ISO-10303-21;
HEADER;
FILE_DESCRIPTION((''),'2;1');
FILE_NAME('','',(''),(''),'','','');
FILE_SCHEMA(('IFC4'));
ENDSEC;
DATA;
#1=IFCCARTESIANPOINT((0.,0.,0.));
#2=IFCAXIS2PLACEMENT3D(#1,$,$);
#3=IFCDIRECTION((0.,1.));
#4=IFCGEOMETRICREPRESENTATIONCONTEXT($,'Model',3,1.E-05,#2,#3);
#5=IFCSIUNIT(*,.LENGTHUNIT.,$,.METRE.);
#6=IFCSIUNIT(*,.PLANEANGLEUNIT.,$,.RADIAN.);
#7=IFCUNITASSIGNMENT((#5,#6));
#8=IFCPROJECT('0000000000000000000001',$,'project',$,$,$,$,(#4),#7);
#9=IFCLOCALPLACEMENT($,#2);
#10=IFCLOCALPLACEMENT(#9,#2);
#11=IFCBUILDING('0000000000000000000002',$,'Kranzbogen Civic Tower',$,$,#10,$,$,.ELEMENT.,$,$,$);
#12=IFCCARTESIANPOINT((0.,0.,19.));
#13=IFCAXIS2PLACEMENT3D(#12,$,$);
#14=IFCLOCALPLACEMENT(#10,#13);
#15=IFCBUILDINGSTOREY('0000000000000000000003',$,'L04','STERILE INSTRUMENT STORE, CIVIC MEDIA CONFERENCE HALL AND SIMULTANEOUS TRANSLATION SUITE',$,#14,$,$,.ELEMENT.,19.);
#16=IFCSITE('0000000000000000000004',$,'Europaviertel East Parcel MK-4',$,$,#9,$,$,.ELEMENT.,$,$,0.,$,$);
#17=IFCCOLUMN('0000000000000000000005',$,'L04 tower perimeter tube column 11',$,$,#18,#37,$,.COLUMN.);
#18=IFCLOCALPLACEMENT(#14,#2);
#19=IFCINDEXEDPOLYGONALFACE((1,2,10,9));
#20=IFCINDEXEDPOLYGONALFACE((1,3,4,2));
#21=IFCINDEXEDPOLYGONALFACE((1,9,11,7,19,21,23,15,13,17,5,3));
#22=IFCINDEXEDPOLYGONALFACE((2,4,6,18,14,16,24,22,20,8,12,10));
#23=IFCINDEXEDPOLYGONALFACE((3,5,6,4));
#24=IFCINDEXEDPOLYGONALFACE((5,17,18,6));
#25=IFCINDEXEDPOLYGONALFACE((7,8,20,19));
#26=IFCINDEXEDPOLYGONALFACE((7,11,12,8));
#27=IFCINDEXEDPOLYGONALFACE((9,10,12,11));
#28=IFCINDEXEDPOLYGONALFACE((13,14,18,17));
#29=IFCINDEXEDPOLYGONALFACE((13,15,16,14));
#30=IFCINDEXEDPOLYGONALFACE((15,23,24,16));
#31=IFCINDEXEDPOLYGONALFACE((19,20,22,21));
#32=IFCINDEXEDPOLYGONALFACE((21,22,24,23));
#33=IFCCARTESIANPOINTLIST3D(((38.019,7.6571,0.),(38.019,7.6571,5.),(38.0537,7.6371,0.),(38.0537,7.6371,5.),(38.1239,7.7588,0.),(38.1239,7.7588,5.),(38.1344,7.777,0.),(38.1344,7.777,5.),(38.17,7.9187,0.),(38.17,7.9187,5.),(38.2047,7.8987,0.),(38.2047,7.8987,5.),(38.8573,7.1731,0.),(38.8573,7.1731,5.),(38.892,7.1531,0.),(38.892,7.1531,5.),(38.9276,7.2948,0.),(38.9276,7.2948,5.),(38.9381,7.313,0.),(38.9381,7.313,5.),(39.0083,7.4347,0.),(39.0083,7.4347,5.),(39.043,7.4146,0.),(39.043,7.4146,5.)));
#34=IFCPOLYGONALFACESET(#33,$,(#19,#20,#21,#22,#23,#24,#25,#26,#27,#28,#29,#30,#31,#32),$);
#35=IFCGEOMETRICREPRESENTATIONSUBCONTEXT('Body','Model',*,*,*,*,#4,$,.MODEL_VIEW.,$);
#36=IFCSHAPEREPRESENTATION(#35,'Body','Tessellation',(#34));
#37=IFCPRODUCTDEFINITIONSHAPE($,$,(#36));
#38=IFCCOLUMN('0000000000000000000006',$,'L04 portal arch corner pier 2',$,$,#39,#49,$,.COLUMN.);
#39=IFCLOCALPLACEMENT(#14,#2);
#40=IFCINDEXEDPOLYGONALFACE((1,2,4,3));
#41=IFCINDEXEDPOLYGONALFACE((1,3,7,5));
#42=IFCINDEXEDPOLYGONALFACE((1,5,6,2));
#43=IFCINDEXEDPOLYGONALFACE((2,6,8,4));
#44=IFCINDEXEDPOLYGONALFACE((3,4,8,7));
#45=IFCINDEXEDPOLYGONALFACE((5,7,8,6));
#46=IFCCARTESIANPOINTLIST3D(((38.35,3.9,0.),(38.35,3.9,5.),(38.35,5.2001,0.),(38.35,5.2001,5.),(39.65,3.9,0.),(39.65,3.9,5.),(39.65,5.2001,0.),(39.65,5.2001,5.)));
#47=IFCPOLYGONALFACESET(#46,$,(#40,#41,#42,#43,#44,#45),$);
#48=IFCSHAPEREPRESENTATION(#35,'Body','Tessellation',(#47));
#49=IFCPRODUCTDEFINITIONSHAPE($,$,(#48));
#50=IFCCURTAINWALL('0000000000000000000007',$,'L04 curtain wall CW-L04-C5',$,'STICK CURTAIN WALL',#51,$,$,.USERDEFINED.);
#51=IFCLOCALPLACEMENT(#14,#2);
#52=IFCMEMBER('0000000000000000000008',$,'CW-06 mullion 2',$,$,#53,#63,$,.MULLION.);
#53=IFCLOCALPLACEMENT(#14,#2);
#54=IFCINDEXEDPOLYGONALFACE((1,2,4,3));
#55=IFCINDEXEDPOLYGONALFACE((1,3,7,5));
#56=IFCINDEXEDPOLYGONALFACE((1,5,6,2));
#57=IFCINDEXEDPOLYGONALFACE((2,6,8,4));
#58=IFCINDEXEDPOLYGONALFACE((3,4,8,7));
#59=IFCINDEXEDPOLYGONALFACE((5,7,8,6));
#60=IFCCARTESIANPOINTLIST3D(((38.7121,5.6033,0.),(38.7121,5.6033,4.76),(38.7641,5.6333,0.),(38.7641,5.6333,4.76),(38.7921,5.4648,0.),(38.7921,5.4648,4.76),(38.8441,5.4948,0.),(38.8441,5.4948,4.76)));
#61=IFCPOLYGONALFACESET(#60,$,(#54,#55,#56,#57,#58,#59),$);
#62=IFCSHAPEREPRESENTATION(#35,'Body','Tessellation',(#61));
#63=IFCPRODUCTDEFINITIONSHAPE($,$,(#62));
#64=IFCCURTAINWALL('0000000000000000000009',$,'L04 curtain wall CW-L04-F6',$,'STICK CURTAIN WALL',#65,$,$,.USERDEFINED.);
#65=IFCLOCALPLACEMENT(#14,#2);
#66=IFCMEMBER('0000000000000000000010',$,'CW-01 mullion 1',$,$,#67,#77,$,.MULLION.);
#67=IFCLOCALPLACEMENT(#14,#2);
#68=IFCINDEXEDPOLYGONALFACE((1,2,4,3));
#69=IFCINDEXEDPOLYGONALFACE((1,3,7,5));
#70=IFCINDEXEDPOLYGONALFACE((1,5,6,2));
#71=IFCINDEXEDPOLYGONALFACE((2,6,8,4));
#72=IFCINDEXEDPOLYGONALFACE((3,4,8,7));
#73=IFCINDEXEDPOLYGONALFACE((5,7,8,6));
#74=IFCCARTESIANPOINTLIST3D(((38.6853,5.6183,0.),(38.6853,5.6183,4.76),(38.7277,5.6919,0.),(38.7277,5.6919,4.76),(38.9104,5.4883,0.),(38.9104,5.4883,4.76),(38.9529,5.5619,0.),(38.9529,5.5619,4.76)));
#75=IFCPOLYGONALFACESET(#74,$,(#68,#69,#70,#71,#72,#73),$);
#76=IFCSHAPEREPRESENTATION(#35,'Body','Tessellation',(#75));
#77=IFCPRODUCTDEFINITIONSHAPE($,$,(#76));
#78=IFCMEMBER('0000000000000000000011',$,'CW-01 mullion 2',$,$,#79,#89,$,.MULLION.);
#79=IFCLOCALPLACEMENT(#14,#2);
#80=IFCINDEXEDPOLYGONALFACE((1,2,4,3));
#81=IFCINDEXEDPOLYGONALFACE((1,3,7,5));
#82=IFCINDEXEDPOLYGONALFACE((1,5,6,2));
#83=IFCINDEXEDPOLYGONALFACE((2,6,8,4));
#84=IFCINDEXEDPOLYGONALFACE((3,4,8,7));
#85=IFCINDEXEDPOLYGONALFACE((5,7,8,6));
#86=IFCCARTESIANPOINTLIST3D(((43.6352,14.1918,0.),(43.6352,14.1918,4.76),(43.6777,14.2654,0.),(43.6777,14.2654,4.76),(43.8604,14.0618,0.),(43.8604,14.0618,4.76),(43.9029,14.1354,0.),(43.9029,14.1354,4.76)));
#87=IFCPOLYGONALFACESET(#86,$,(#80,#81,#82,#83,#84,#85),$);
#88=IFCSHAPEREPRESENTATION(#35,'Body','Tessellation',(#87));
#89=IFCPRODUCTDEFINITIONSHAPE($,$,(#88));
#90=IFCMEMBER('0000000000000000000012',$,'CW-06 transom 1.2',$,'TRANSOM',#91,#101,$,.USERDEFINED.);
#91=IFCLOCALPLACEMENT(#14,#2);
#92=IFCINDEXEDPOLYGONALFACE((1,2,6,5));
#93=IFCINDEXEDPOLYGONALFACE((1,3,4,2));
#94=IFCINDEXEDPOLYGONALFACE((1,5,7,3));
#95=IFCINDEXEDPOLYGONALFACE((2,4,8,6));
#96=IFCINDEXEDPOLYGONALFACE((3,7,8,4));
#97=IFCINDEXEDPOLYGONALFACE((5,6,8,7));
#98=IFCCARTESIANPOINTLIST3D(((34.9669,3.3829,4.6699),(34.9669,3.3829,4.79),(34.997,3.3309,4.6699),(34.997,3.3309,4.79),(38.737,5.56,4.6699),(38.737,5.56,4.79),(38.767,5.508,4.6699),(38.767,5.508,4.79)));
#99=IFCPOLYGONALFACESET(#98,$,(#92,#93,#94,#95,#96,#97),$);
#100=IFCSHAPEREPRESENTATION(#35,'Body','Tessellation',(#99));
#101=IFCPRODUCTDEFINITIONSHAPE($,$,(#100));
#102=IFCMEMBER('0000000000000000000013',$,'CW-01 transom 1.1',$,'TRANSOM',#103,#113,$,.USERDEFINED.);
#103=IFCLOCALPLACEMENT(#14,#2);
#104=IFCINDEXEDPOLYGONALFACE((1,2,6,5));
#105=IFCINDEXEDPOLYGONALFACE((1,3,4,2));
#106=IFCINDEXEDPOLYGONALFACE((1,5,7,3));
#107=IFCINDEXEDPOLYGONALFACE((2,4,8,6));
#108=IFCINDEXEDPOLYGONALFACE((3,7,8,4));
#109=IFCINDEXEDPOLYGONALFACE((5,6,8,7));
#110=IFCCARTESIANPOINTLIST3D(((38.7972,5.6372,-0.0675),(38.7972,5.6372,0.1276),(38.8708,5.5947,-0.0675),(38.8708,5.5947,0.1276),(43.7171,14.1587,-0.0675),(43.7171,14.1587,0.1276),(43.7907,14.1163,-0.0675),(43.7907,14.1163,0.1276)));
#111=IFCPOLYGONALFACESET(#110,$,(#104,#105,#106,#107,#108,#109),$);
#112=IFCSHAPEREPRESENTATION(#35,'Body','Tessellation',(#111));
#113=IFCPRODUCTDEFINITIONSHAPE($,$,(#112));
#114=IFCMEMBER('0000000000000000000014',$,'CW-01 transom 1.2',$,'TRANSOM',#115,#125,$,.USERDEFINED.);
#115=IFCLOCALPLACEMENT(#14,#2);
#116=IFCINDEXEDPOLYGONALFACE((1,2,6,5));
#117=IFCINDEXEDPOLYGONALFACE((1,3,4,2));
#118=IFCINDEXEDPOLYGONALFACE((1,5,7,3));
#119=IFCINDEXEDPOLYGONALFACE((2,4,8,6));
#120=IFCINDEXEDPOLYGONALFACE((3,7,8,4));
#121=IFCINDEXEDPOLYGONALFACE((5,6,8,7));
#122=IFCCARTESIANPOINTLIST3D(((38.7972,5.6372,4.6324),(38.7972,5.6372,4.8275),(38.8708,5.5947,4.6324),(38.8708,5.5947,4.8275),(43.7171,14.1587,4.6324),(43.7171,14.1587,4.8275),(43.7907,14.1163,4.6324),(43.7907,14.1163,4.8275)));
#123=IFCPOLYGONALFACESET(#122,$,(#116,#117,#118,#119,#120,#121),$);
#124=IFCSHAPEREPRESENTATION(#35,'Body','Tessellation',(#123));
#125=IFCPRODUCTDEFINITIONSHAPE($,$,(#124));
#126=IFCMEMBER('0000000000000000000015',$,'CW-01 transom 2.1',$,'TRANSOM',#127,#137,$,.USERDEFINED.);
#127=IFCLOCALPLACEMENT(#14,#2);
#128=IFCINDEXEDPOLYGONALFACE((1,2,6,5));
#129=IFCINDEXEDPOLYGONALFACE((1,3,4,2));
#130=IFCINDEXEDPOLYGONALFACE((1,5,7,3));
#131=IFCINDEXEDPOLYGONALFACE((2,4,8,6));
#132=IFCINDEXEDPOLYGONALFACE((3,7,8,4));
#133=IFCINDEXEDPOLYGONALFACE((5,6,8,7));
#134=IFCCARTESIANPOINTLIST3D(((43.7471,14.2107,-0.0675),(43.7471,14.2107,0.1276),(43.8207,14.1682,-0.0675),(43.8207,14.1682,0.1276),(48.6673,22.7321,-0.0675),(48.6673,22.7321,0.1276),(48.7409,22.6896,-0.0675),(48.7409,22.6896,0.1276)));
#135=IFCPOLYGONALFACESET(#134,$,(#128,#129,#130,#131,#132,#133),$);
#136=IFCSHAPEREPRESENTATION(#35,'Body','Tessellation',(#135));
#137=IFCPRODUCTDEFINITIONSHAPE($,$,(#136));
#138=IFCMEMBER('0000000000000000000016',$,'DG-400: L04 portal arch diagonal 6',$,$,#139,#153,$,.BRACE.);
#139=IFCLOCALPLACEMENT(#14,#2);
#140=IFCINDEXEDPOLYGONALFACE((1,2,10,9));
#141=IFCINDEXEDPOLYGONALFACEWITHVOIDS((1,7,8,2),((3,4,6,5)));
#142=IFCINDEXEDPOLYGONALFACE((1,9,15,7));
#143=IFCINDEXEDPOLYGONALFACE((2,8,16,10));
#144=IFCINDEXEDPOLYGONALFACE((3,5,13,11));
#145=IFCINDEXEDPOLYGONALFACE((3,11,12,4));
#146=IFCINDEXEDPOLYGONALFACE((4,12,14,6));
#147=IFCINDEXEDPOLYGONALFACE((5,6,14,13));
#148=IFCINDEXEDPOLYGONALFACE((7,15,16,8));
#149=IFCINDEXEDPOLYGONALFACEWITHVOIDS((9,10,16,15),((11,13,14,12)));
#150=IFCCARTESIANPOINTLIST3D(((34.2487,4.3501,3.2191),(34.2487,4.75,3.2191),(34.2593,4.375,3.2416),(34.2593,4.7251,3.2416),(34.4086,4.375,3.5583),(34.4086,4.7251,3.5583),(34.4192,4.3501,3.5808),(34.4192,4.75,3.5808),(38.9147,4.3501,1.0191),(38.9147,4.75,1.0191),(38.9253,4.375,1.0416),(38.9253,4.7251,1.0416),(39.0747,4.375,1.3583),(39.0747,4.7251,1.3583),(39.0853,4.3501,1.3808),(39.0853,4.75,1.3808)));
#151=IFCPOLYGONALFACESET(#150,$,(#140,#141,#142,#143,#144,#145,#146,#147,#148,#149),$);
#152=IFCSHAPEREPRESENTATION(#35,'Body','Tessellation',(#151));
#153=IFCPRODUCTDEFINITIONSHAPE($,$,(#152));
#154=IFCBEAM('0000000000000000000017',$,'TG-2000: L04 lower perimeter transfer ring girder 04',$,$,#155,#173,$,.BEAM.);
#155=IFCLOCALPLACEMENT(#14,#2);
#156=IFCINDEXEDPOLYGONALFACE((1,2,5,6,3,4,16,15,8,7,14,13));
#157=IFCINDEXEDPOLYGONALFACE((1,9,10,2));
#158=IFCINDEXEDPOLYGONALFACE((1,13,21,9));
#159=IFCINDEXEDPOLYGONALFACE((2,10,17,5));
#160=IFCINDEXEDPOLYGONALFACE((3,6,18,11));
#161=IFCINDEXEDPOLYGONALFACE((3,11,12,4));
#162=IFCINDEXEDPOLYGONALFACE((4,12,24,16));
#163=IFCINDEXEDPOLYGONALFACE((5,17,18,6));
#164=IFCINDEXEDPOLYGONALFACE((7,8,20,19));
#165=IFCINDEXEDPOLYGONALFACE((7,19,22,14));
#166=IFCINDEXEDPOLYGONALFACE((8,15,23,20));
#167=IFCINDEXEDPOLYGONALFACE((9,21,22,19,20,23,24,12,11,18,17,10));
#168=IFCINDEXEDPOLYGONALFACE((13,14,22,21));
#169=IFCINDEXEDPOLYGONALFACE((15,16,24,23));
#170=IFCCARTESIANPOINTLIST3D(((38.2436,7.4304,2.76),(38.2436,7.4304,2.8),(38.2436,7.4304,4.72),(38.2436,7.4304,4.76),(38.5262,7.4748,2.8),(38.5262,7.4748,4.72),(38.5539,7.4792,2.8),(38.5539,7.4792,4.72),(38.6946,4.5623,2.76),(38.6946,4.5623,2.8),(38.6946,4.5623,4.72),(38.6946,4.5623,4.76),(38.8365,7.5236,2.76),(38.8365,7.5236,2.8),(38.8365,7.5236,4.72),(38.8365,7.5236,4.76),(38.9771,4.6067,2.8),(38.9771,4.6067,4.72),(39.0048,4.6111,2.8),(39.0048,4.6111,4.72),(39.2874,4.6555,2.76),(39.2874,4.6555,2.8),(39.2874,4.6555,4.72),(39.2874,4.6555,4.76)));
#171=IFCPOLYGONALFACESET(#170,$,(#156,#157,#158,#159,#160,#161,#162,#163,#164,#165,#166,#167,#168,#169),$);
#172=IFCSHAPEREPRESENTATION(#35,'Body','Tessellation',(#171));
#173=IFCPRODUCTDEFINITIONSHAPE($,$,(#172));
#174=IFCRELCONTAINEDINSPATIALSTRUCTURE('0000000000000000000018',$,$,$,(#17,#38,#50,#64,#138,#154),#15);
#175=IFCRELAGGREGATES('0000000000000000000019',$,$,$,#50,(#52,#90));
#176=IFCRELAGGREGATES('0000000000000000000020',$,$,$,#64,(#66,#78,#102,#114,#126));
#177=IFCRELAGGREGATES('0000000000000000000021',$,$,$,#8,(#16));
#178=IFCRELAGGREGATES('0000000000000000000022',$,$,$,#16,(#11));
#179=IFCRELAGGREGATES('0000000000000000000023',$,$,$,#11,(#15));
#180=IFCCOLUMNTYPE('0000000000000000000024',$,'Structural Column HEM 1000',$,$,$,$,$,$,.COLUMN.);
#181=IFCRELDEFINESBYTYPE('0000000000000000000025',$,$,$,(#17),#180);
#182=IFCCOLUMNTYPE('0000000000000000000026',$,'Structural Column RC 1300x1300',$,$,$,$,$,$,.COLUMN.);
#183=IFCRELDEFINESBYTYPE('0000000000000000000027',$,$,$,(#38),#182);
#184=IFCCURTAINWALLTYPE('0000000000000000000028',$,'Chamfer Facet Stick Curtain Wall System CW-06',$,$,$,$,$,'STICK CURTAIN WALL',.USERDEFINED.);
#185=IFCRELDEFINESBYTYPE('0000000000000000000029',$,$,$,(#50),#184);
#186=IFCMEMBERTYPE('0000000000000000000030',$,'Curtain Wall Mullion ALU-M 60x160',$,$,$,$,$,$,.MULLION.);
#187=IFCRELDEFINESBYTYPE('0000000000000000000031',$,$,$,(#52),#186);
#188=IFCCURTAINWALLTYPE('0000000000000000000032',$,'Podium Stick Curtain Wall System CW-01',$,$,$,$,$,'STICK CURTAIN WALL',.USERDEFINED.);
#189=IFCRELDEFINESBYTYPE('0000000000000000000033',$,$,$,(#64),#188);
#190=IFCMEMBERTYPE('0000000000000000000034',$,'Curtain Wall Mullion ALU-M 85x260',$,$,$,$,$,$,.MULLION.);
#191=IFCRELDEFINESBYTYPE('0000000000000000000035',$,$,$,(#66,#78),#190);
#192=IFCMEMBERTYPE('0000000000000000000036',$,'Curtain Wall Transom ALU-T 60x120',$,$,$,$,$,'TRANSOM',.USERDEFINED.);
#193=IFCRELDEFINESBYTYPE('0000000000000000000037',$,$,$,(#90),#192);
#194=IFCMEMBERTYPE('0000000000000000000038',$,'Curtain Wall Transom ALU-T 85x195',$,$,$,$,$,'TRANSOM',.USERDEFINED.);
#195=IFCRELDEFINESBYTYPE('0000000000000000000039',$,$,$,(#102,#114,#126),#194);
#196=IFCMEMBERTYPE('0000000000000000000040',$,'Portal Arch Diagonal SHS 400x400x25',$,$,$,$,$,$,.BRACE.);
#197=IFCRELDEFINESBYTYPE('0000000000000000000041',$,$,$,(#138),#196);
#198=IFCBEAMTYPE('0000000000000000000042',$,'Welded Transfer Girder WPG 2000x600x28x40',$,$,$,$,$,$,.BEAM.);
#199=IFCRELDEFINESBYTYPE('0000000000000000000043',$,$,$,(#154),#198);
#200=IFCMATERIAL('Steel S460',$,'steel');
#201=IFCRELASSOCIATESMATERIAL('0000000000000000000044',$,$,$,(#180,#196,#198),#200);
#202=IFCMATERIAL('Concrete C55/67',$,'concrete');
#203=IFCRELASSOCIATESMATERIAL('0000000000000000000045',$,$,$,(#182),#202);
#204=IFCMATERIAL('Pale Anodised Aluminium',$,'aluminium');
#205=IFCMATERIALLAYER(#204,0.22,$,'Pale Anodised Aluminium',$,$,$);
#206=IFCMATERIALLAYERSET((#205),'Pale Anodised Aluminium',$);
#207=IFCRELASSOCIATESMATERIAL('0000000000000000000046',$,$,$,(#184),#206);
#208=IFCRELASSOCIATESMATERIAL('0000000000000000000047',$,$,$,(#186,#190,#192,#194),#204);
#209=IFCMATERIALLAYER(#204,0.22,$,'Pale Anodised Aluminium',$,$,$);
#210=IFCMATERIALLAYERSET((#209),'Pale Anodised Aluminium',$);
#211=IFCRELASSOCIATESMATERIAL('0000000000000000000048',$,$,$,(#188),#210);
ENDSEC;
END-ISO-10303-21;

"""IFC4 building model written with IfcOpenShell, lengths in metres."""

from ifc_helpers import new_model, si_unit, direction, frame, origin, origin_2d, place, context, subcontext, project, spatial, rectangle, hollow_rectangle, i_section, extrude, material, layer, layer_set, material_profile, profile_set, type_object, element, aggregate, save


model = new_model("IFC4")

# Units and contexts
model_context = context("Model", 3, precision=1e-05, world=origin(), true_north=direction((0.0, 1.0)))
body_context = subcontext(model_context, "Body", "Model", "MODEL_VIEW")
ifc_project = project(units=[si_unit("LENGTHUNIT", "METRE"), si_unit("PLANEANGLEUNIT", "RADIAN")], contexts=[model_context])

# Site, building, storey
site_placement = place(None, origin())
site = spatial("IfcSite", under=ifc_project, at=site_placement, Name="Europaviertel East Parcel MK-4", CompositionType="ELEMENT", RefElevation=0.0)
building_placement = place(site_placement, origin())
building = spatial("IfcBuilding", under=site, at=building_placement, Name="Kranzbogen Civic Tower", CompositionType="ELEMENT")
storey_placement = place(building_placement, frame((0.0, 0.0, 19.0)))
storey = spatial("IfcBuildingStorey", under=building, at=storey_placement, Name="L04", Description="STERILE INSTRUMENT STORE, CIVIC MEDIA CONFERENCE HALL AND SIMULTANEOUS TRANSLATION SUITE", CompositionType="ELEMENT", Elevation=19.0)

# Columns
ifc_material_1 = material(Name="Steel S460", Category="steel")
ifc_material_profile_1 = material_profile(ifc_material_1, i_section(OverallWidth=0.302, OverallDepth=1.0081, WebThickness=0.021, FlangeThickness=0.04, at=origin_2d()), Name="HEM 1000")
ifc_profile_set_1 = profile_set([ifc_material_profile_1], Name="Steel S460")
column_type_1 = type_object("IfcColumnType", Name="Structural Column HEM 1000", PredefinedType="COLUMN", material=ifc_profile_set_1)
column_1_placement = place(storey_placement, frame((38.531, 7.5359, 0.0), z_axis=(0.0, 0.0, 1.0), x_axis=(0.5, 0.866025, 0.0)))
element("IfcColumn", 1, at=column_1_placement, inside=storey, type_object=column_type_1, Name="L04 tower perimeter tube column 11", PredefinedType="COLUMN", context=body_context, shape_type="SweptSolid", body=[
    extrude(i_section(OverallWidth=0.302, OverallDepth=1.0081, WebThickness=0.021, FlangeThickness=0.04, at=origin_2d()), origin(), (0.0, 0.0, 1.0), 5.0),
])
ifc_material_2 = material(Name="Concrete C55/67", Category="concrete")
ifc_material_profile_2 = material_profile(ifc_material_2, rectangle(XDim=1.3, YDim=1.3, at=origin_2d()), Name="RC 1300x1300")
ifc_profile_set_2 = profile_set([ifc_material_profile_2], Name="Concrete C55/67")
column_type_2 = type_object("IfcColumnType", Name="Structural Column RC 1300x1300", PredefinedType="COLUMN", material=ifc_profile_set_2)
column_2_placement = place(storey_placement, frame((39.0, 4.55, 0.0), z_axis=(0.0, 0.0, 1.0), x_axis=(1.0, 0.0, 0.0)))
element("IfcColumn", 2, at=column_2_placement, inside=storey, type_object=column_type_2, Name="L04 portal arch corner pier 2", PredefinedType="COLUMN", context=body_context, shape_type="SweptSolid", body=[
    extrude(rectangle(XDim=1.3, YDim=1.3, at=origin_2d()), origin(), (0.0, 0.0, 1.0), 5.0),
])

# Curtain wall, member
ifc_material_3 = material(Name="Pale Anodised Aluminium", Category="aluminium")
ifc_layer_1 = layer(ifc_material_3, 0.22, Name="Pale Anodised Aluminium")
ifc_layer_set_1 = layer_set([ifc_layer_1], Name="Pale Anodised Aluminium")
curtain_wall_type_1 = type_object("IfcCurtainWallType", Name="Chamfer Facet Stick Curtain Wall System CW-06", ElementType="STICK CURTAIN WALL", PredefinedType="USERDEFINED", material=ifc_layer_set_1)
curtain_wall_1_placement = place(storey_placement, origin())
curtain_wall_1 = element("IfcCurtainWall", 3, at=curtain_wall_1_placement, inside=storey, type_object=curtain_wall_type_1, Name="L04 curtain wall CW-L04-C5", ObjectType="STICK CURTAIN WALL", PredefinedType="USERDEFINED")
ifc_material_profile_3 = material_profile(ifc_material_3, rectangle(XDim=0.0601, YDim=0.1599, at=origin_2d()), Name="ALU-M 60x160")
ifc_profile_set_3 = profile_set([ifc_material_profile_3], Name="Pale Anodised Aluminium")
member_type_1 = type_object("IfcMemberType", Name="Curtain Wall Mullion ALU-M 60x160", PredefinedType="MULLION", material=ifc_profile_set_3)
member_1_placement = place(storey_placement, frame((38.7781, 5.5491, 0.0), z_axis=(0.0, 0.0, 1.0), x_axis=(0.865992, 0.500058, 0.0)))
member_1 = element("IfcMember", 4, at=member_1_placement, type_object=member_type_1, Name="CW-06 mullion 2", PredefinedType="MULLION", context=body_context, shape_type="SweptSolid", body=[
    extrude(rectangle(XDim=0.0601, YDim=0.1599, at=origin_2d()), origin(), (0.0, 0.0, 1.0), 4.76),
])

# Curtain wall, members
ifc_layer_2 = layer(ifc_material_3, 0.22, Name="Pale Anodised Aluminium")
ifc_layer_set_2 = layer_set([ifc_layer_2], Name="Pale Anodised Aluminium")
curtain_wall_type_2 = type_object("IfcCurtainWallType", Name="Podium Stick Curtain Wall System CW-01", ElementType="STICK CURTAIN WALL", PredefinedType="USERDEFINED", material=ifc_layer_set_2)
curtain_wall_2_placement = place(storey_placement, origin())
curtain_wall_2 = element("IfcCurtainWall", 5, at=curtain_wall_2_placement, inside=storey, type_object=curtain_wall_type_2, Name="L04 curtain wall CW-L04-F6", ObjectType="STICK CURTAIN WALL", PredefinedType="USERDEFINED")
ifc_material_profile_4 = material_profile(ifc_material_3, rectangle(XDim=0.085, YDim=0.26, at=origin_2d()), Name="ALU-M 85x260")
ifc_profile_set_4 = profile_set([ifc_material_profile_4], Name="Pale Anodised Aluminium")
member_type_2 = type_object("IfcMemberType", Name="Curtain Wall Mullion ALU-M 85x260", PredefinedType="MULLION", material=ifc_profile_set_4)
member_2_placement = place(storey_placement, frame((38.8191, 5.5901, 0.0), z_axis=(0.0, 0.0, 1.0), x_axis=(0.500006, 0.866022, 0.0)))
member_2 = element("IfcMember", 6, at=member_2_placement, type_object=member_type_2, Name="CW-01 mullion 1", PredefinedType="MULLION", context=body_context, shape_type="SweptSolid", body=[
    extrude(rectangle(XDim=0.085, YDim=0.26, at=origin_2d()), origin(), (0.0, 0.0, 1.0), 4.76),
])
member_3_placement = place(storey_placement, frame((43.769, 14.1636, 0.0), z_axis=(0.0, 0.0, 1.0), x_axis=(0.500006, 0.866022, 0.0)))
member_3 = element("IfcMember", 7, at=member_3_placement, type_object=member_type_2, Name="CW-01 mullion 2", PredefinedType="MULLION", context=body_context, shape_type="SweptSolid", body=[
    extrude(rectangle(XDim=0.085, YDim=0.26, at=origin_2d()), origin(), (0.0, 0.0, 1.0), 4.76),
])

# Members
ifc_material_profile_5 = material_profile(ifc_material_3, rectangle(XDim=0.0601, YDim=0.1201, at=origin_2d()), Name="ALU-T 60x120")
ifc_profile_set_5 = profile_set([ifc_material_profile_5], Name="Pale Anodised Aluminium")
member_type_3 = type_object("IfcMemberType", Name="Curtain Wall Transom ALU-T 60x120", ElementType="TRANSOM", PredefinedType="USERDEFINED", material=ifc_profile_set_5)
member_4_placement = place(storey_placement, frame((34.9819, 3.3569, 4.73), z_axis=(0.865988, 0.500065, 0.0), x_axis=(-0.500065, 0.865988, 0.0)))
member_4 = element("IfcMember", 8, at=member_4_placement, type_object=member_type_3, Name="CW-06 transom 1.2", ObjectType="TRANSOM", PredefinedType="USERDEFINED", context=body_context, shape_type="SweptSolid", body=[
    extrude(rectangle(XDim=0.0601, YDim=0.1201, at=origin_2d()), origin(), (0.0, 0.0, 1.0), 4.3535),
])
ifc_material_profile_6 = material_profile(ifc_material_3, rectangle(XDim=0.085, YDim=0.1951, at=origin_2d()), Name="ALU-T 85x195")
ifc_profile_set_6 = profile_set([ifc_material_profile_6], Name="Pale Anodised Aluminium")
member_type_4 = type_object("IfcMemberType", Name="Curtain Wall Transom ALU-T 85x195", ElementType="TRANSOM", PredefinedType="USERDEFINED", material=ifc_profile_set_6)
member_5_placement = place(storey_placement, frame((38.834, 5.616, 0.03), z_axis=(0.500003, 0.866024, 0.0), x_axis=(-0.866024, 0.500003, 0.0)))
member_5 = element("IfcMember", 9, at=member_5_placement, type_object=member_type_4, Name="CW-01 transom 1.1", ObjectType="TRANSOM", PredefinedType="USERDEFINED", context=body_context, shape_type="SweptSolid", body=[
    extrude(rectangle(XDim=0.085, YDim=0.1951, at=origin_2d()), origin(), (0.0, 0.0, 1.0), 9.8398),
])
member_6_placement = place(storey_placement, frame((38.834, 5.616, 4.73), z_axis=(0.500003, 0.866024, 0.0), x_axis=(-0.866024, 0.500003, 0.0)))
member_6 = element("IfcMember", 10, at=member_6_placement, type_object=member_type_4, Name="CW-01 transom 1.2", ObjectType="TRANSOM", PredefinedType="USERDEFINED", context=body_context, shape_type="SweptSolid", body=[
    extrude(rectangle(XDim=0.085, YDim=0.1951, at=origin_2d()), origin(), (0.0, 0.0, 1.0), 9.8398),
])
member_7_placement = place(storey_placement, frame((43.7839, 14.1895, 0.03), z_axis=(0.500022, 0.866013, 0.0), x_axis=(-0.866013, 0.500022, 0.0)))
member_7 = element("IfcMember", 11, at=member_7_placement, type_object=member_type_4, Name="CW-01 transom 2.1", ObjectType="TRANSOM", PredefinedType="USERDEFINED", context=body_context, shape_type="SweptSolid", body=[
    extrude(rectangle(XDim=0.085, YDim=0.1951, at=origin_2d()), origin(), (0.0, 0.0, 1.0), 9.8398),
])
ifc_material_profile_7 = material_profile(ifc_material_1, hollow_rectangle(XDim=0.3999, YDim=0.3999, WallThickness=0.0249, at=origin_2d()), Name="SHS 400x400x25")
ifc_profile_set_7 = profile_set([ifc_material_profile_7], Name="Steel S460")
member_type_5 = type_object("IfcMemberType", Name="Portal Arch Diagonal SHS 400x400x25", PredefinedType="BRACE", material=ifc_profile_set_7)
member_8_placement = place(storey_placement, frame((39.0, 4.55, 1.2), z_axis=(-0.904506, 0.0, 0.42646), x_axis=(0.0, -1.0, 0.0)))
element("IfcMember", 12, at=member_8_placement, inside=storey, type_object=member_type_5, Name="DG-400: L04 portal arch diagonal 6", PredefinedType="BRACE", context=body_context, shape_type="SweptSolid", body=[
    extrude(hollow_rectangle(XDim=0.3999, YDim=0.3999, WallThickness=0.0249, at=origin_2d()), origin(), (0.0, 0.0, 1.0), 5.1587),
])

# Beam
ifc_material_profile_8 = material_profile(ifc_material_1, i_section(OverallWidth=0.6001, OverallDepth=2.0, WebThickness=0.0281, FlangeThickness=0.04, at=origin_2d()), Name="WPG 2000x600x28x40")
ifc_profile_set_8 = profile_set([ifc_material_profile_8], Name="Steel S460")
beam_type = type_object("IfcBeamType", Name="Welded Transfer Girder WPG 2000x600x28x40", PredefinedType="BEAM", material=ifc_profile_set_8)
beam_1_placement = place(storey_placement, frame((38.991, 4.6089, 3.76), z_axis=(-0.155311, 0.987866, 0.0), x_axis=(-0.987866, -0.155311, 0.0)))
element("IfcBeam", 13, at=beam_1_placement, inside=storey, type_object=beam_type, Name="TG-2000: L04 lower perimeter transfer ring girder 04", PredefinedType="BEAM", context=body_context, shape_type="SweptSolid", body=[
    extrude(i_section(OverallWidth=0.6001, OverallDepth=2.0, WebThickness=0.0281, FlangeThickness=0.04, at=origin_2d()), origin(), (0.0, 0.0, 1.0), 2.9033),
])

aggregate(curtain_wall_1, [member_1, member_4])
aggregate(curtain_wall_2, [member_2, member_3, member_5, member_6, member_7])

save(model, "model.ifc")
